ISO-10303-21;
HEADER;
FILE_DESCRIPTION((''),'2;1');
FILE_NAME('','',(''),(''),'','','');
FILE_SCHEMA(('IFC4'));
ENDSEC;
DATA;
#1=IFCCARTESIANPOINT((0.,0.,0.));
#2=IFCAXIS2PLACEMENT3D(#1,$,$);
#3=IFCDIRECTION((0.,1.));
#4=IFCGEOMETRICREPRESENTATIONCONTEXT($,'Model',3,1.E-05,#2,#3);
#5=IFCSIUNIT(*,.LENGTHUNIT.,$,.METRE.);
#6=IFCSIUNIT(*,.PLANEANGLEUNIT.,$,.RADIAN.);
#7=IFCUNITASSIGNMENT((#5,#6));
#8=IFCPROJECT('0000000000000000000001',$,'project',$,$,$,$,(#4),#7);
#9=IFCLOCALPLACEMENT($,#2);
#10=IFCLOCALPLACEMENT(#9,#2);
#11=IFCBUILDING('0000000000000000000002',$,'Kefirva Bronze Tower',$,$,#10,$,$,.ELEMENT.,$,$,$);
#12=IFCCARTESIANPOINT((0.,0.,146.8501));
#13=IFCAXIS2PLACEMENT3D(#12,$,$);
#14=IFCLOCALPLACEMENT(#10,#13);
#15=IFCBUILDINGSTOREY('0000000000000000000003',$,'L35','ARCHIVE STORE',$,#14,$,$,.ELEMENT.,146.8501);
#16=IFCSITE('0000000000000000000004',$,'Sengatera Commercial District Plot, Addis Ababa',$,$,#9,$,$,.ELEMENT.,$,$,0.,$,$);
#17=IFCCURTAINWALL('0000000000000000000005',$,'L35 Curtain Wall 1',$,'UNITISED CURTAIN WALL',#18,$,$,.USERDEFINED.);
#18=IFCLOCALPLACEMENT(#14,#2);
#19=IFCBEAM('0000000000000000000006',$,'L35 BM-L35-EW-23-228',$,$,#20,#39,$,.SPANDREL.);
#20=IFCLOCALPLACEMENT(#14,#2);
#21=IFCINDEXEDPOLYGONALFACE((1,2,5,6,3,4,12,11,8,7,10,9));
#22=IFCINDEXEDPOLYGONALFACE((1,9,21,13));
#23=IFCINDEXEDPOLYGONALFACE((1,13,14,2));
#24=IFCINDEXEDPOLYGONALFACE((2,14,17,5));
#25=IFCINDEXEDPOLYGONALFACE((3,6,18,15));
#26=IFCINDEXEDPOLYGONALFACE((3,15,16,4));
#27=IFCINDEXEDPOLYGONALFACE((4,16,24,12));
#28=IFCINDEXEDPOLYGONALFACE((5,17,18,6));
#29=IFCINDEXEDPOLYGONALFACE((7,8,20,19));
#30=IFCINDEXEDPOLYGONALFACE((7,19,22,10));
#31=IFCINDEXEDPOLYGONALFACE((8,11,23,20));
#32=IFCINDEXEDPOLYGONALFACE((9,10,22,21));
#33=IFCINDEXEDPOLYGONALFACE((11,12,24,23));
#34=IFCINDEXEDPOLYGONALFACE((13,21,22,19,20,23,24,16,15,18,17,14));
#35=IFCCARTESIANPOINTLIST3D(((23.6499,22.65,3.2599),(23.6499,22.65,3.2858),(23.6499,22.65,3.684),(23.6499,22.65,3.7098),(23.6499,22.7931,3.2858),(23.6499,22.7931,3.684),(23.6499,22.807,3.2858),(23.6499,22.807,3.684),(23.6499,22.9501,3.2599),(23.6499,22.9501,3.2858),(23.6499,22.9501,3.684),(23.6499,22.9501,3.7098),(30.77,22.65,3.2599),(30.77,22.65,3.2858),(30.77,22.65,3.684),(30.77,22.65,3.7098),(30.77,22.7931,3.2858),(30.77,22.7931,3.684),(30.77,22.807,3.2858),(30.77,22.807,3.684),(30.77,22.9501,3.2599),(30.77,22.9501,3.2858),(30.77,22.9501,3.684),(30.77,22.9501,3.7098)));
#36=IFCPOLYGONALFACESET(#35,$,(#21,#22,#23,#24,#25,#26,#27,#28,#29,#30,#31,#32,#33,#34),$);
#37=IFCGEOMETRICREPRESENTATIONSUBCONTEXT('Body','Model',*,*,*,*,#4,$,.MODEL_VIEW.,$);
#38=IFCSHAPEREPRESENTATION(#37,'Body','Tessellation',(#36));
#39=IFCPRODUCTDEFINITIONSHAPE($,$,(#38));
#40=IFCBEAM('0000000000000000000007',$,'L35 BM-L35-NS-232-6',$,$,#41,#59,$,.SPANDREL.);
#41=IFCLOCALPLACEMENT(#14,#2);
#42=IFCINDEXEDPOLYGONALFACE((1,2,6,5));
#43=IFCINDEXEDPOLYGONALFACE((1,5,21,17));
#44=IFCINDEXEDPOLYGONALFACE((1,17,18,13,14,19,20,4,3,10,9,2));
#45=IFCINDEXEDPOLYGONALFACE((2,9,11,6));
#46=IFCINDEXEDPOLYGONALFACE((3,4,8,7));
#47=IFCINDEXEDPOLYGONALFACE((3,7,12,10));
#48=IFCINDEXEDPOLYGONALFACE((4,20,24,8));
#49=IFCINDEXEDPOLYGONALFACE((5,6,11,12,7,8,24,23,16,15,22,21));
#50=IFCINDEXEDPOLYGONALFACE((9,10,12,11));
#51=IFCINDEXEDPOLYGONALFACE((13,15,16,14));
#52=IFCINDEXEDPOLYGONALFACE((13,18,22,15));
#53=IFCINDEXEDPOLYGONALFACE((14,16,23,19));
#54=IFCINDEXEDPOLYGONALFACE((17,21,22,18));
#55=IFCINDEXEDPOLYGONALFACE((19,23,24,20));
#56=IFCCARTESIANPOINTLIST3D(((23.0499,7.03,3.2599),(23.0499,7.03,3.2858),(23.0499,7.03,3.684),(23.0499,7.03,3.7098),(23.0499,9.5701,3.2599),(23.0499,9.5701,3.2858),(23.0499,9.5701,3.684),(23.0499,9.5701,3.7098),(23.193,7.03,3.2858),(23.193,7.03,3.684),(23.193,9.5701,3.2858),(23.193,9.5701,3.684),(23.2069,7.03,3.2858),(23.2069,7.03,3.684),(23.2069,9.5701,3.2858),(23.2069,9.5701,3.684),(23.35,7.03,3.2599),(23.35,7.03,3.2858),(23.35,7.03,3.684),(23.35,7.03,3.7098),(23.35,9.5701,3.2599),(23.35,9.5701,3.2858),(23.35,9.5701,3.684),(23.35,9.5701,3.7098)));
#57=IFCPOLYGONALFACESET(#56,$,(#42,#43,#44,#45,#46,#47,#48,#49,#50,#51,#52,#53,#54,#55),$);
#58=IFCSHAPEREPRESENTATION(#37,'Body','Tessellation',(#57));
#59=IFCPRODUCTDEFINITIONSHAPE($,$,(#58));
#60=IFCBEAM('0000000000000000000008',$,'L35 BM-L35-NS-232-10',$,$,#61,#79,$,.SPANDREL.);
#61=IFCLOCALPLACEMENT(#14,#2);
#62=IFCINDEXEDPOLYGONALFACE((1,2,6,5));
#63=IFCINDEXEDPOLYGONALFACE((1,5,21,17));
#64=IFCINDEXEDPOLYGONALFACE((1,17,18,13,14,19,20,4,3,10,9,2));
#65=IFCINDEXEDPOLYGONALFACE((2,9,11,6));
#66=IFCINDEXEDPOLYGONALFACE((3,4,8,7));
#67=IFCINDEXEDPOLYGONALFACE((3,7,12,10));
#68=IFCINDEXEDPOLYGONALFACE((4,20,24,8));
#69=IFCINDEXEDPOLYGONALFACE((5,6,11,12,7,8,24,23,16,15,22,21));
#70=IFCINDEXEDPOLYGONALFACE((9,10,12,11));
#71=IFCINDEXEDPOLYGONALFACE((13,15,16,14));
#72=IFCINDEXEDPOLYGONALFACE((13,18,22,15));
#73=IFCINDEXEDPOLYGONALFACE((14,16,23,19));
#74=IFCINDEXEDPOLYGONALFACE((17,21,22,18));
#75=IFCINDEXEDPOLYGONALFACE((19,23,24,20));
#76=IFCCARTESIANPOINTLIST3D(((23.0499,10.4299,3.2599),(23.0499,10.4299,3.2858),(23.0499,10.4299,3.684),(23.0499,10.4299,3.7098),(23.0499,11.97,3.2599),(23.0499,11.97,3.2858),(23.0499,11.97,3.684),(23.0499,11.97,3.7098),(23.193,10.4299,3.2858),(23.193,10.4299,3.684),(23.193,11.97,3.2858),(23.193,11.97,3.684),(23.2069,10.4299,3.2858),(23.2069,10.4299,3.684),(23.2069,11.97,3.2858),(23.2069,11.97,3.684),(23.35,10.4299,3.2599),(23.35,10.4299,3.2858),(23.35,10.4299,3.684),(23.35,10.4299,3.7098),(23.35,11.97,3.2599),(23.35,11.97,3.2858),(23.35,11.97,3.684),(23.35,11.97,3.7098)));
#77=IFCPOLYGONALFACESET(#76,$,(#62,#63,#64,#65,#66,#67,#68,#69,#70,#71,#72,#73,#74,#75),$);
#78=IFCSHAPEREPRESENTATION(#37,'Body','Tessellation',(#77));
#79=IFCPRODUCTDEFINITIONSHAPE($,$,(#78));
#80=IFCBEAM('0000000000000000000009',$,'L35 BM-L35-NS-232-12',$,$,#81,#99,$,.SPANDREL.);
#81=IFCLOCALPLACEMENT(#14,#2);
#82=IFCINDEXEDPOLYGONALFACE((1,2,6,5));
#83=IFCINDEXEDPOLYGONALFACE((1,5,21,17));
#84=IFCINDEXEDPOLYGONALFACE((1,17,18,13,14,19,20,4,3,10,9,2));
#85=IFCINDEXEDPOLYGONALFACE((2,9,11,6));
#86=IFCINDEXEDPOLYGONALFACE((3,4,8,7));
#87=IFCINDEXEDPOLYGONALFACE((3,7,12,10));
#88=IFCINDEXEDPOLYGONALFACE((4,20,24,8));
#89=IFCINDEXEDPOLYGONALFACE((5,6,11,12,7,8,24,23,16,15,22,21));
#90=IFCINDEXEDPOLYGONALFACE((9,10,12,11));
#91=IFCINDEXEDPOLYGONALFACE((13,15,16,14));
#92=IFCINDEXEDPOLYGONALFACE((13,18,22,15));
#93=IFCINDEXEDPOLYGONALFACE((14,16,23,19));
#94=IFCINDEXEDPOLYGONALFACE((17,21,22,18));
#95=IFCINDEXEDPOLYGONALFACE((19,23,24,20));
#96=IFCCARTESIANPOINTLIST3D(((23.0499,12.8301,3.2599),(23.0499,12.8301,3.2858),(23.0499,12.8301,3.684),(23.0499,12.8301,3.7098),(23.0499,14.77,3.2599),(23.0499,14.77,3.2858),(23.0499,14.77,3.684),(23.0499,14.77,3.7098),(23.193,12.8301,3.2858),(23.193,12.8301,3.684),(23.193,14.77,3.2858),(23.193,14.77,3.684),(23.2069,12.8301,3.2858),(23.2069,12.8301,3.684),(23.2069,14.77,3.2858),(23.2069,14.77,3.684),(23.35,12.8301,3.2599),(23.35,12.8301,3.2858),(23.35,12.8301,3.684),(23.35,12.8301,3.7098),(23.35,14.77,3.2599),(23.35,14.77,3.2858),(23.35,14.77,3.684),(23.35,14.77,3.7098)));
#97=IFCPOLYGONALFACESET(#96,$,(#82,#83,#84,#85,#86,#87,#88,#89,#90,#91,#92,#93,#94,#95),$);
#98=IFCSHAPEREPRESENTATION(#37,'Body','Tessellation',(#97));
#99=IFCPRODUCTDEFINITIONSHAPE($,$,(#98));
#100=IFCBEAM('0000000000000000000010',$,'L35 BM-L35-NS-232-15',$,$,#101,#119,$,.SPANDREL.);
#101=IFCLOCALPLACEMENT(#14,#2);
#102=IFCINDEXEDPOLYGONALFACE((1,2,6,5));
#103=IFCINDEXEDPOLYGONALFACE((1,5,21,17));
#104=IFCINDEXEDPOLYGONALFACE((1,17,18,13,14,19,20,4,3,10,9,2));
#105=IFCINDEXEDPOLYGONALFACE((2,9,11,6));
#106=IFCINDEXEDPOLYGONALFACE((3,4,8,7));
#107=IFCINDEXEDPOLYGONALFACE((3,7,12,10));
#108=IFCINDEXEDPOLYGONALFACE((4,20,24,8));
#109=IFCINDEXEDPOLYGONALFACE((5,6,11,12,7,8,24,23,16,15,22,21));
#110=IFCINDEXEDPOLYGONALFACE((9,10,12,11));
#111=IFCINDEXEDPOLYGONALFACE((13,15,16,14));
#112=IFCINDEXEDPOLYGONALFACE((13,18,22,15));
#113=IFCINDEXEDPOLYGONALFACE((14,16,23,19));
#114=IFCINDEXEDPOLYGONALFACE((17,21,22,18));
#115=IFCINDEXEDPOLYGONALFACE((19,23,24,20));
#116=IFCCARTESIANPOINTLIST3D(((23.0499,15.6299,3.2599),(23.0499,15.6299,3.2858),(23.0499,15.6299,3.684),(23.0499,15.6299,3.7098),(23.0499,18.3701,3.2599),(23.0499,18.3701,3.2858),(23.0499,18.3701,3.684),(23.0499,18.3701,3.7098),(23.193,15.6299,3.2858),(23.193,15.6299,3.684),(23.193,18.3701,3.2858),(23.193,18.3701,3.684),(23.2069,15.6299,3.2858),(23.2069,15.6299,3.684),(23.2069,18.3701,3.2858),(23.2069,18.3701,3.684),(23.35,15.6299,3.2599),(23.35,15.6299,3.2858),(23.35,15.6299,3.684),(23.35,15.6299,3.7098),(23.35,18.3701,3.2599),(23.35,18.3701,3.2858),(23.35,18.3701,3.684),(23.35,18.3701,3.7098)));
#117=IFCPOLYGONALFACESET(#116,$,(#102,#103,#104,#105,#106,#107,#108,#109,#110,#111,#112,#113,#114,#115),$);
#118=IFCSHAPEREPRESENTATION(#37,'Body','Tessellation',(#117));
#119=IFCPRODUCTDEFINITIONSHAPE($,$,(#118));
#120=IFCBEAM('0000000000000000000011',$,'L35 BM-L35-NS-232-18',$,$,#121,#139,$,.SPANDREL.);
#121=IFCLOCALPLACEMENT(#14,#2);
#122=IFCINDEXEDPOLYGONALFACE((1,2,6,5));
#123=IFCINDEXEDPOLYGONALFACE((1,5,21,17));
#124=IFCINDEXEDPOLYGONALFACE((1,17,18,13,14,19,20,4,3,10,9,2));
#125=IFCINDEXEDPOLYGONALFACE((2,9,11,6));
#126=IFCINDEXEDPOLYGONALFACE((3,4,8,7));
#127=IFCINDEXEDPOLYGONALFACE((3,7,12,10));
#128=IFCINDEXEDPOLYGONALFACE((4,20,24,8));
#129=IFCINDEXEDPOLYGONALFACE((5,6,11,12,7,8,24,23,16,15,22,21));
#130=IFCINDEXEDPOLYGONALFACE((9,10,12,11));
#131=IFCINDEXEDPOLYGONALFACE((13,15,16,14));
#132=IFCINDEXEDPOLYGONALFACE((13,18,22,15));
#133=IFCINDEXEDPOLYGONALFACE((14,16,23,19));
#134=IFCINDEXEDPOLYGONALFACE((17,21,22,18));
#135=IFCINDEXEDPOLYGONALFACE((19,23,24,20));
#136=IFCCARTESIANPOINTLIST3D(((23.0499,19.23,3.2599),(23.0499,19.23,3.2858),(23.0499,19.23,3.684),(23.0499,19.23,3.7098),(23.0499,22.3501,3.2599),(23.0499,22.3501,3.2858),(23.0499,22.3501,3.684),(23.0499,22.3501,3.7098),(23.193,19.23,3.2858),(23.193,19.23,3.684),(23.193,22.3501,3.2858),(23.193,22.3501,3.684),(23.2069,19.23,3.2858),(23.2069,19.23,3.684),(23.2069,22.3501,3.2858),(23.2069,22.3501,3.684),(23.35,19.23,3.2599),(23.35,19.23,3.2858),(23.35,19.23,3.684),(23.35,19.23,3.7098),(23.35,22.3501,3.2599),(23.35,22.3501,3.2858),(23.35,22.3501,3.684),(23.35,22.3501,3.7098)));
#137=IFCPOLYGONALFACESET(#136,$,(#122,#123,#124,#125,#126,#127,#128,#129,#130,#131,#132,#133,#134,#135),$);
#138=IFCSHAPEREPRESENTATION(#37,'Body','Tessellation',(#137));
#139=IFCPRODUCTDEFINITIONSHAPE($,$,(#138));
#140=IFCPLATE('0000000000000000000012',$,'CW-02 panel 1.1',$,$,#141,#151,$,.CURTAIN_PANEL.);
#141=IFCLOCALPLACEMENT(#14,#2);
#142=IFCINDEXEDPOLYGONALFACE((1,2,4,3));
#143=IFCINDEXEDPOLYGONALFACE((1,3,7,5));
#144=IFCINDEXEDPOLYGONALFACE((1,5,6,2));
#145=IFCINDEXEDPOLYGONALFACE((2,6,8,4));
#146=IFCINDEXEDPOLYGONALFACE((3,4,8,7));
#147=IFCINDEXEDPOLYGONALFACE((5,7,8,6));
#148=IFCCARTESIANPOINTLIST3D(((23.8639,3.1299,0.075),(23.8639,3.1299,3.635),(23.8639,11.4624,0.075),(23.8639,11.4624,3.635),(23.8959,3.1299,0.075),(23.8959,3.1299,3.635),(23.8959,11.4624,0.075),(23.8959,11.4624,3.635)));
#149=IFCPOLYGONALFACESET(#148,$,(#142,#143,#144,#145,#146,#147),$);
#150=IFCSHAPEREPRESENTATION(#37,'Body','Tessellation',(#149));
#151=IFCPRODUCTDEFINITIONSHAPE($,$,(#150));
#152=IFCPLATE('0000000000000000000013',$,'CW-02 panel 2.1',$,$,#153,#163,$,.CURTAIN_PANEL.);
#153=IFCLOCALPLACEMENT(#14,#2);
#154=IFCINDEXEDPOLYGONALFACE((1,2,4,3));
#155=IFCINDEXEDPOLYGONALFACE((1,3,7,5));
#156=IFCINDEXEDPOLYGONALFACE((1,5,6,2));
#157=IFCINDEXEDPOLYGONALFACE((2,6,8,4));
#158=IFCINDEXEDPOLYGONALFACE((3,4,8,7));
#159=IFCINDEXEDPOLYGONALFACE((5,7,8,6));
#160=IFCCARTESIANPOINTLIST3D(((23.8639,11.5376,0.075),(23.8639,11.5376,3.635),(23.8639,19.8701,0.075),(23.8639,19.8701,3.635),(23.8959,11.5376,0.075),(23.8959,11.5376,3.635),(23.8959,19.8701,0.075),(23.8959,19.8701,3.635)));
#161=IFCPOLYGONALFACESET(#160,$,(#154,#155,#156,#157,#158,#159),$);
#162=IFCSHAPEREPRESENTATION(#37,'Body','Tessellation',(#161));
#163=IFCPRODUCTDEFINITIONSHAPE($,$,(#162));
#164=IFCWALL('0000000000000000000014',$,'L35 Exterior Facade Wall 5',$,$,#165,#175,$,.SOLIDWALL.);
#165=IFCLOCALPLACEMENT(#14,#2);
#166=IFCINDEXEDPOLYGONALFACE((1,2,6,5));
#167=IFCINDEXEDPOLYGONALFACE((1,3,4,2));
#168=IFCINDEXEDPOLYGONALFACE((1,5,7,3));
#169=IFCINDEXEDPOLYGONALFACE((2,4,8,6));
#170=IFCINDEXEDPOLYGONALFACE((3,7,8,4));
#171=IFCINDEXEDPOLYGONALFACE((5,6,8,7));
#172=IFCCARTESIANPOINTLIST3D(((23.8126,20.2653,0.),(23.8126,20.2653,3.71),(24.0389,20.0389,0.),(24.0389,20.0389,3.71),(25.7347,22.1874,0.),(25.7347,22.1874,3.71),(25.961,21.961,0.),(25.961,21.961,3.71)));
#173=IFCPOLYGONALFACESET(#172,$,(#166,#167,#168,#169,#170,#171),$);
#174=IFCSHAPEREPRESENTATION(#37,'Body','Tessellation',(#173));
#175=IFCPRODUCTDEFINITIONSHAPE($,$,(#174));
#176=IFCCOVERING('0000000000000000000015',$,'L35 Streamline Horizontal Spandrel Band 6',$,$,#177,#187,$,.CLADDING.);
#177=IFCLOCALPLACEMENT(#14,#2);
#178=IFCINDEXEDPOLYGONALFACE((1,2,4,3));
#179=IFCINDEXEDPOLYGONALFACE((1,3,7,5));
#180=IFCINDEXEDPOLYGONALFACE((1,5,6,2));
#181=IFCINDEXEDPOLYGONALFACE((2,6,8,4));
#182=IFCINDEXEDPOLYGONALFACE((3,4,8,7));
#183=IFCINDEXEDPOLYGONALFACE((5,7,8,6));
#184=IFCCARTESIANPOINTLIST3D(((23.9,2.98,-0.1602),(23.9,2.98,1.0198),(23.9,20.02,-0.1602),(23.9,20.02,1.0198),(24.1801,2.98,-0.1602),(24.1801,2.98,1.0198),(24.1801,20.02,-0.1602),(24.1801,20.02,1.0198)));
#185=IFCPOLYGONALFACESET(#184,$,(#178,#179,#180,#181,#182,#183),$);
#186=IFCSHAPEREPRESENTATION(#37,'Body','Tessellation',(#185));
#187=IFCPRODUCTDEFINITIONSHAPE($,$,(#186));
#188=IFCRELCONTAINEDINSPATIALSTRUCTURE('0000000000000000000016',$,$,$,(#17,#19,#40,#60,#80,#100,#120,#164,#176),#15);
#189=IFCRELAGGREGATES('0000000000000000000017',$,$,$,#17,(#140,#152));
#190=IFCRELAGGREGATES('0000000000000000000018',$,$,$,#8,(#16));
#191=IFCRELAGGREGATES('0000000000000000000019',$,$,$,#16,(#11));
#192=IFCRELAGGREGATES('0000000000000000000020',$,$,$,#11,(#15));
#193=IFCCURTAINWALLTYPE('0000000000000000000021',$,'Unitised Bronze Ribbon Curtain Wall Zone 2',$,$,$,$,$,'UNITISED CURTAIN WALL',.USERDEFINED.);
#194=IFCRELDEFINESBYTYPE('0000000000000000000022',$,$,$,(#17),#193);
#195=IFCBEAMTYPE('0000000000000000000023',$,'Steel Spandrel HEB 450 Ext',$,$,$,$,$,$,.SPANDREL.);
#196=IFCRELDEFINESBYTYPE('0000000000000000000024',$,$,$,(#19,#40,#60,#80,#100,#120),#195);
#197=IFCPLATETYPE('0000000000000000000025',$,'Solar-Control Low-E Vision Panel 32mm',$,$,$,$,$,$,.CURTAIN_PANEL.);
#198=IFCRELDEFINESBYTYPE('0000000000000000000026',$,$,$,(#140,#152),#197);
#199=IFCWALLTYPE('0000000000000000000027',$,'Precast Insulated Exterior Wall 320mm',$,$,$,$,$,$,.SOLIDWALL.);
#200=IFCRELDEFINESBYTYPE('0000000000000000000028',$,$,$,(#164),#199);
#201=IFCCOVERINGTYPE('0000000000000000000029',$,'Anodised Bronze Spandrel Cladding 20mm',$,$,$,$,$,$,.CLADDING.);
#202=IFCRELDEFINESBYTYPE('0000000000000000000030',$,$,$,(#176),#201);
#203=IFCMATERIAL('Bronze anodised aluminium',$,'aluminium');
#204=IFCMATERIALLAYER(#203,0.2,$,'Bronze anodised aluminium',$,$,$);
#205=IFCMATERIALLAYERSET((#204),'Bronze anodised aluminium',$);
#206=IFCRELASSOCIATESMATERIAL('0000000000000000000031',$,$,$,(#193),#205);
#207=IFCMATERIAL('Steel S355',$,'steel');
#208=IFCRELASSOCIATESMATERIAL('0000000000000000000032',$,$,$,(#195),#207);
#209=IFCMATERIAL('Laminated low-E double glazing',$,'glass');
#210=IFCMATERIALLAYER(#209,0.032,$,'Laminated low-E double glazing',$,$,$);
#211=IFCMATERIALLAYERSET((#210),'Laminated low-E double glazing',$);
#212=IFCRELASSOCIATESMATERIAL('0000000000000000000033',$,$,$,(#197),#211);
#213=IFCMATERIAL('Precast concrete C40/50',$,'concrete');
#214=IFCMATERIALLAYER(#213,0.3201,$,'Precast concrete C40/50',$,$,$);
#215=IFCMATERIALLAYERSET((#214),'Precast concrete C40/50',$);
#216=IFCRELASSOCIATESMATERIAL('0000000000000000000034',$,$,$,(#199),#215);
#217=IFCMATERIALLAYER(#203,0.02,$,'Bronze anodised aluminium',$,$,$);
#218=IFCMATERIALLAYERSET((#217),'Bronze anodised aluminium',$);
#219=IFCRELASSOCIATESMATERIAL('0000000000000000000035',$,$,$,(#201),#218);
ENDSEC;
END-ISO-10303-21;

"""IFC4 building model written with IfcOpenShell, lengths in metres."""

from ifc_helpers import new_model, si_unit, direction, frame, frame_2d, origin, origin_2d, place, context, subcontext, project, spatial, rectangle, i_section, extrude, material, layer, layer_set, material_profile, profile_set, type_object, element, aggregate, save


model = new_model("IFC4")

# Units and contexts
model_context = context("Model", 3, precision=1e-05, world=origin(), true_north=direction((0.0, 1.0)))
body_context = subcontext(model_context, "Body", "Model", "MODEL_VIEW")
ifc_project = project(units=[si_unit("LENGTHUNIT", "METRE"), si_unit("PLANEANGLEUNIT", "RADIAN")], contexts=[model_context])

# Site, building, storey
site_placement = place(None, origin())
site = spatial("IfcSite", under=ifc_project, at=site_placement, Name="Sengatera Commercial District Plot, Addis Ababa", CompositionType="ELEMENT", RefElevation=0.0)
building_placement = place(site_placement, origin())
building = spatial("IfcBuilding", under=site, at=building_placement, Name="Kefirva Bronze Tower", CompositionType="ELEMENT")
storey_placement = place(building_placement, frame((0.0, 0.0, 146.8501)))
storey = spatial("IfcBuildingStorey", under=building, at=storey_placement, Name="L35", Description="ARCHIVE STORE", CompositionType="ELEMENT", Elevation=146.8501)

# Curtain wall
ifc_material_1 = material(Name="Bronze anodised aluminium", Category="aluminium")
ifc_layer_1 = layer(ifc_material_1, 0.2, Name="Bronze anodised aluminium")
ifc_layer_set_1 = layer_set([ifc_layer_1], Name="Bronze anodised aluminium")
curtain_wall_type = type_object("IfcCurtainWallType", Name="Unitised Bronze Ribbon Curtain Wall Zone 2", ElementType="UNITISED CURTAIN WALL", PredefinedType="USERDEFINED", material=ifc_layer_set_1)
curtain_wall_placement = place(storey_placement, origin())
curtain_wall = element("IfcCurtainWall", 1, at=curtain_wall_placement, inside=storey, type_object=curtain_wall_type, Name="L35 Curtain Wall 1", ObjectType="UNITISED CURTAIN WALL", PredefinedType="USERDEFINED")

# Beams
ifc_material_2 = material(Name="Steel S355", Category="steel")
ifc_material_profile_1 = material_profile(ifc_material_2, i_section(OverallWidth=0.3, OverallDepth=0.45, WebThickness=0.0139, FlangeThickness=0.0259, at=origin_2d()), Name="HEB 450")
ifc_profile_set_1 = profile_set([ifc_material_profile_1], Name="Steel S355")
beam_type_1 = type_object("IfcBeamType", Name="Steel Spandrel HEB 450 Ext", PredefinedType="SPANDREL", material=ifc_profile_set_1)
beam_1_placement = place(storey_placement, frame((23.6499, 22.8, 3.4849), z_axis=(1.0, 0.0, 0.0), x_axis=(0.0, 1.0, 0.0)))
element("IfcBeam", 2, at=beam_1_placement, inside=storey, type_object=beam_type_1, Name="L35 BM-L35-EW-23-228", PredefinedType="SPANDREL", context=body_context, shape_type="SweptSolid", body=[
    extrude(i_section(OverallWidth=0.3, OverallDepth=0.45, WebThickness=0.0139, FlangeThickness=0.0259, at=origin_2d()), origin(), (0.0, 0.0, 1.0), 7.1201),
])
beam_2_placement = place(storey_placement, frame((23.2, 7.03, 3.4849), z_axis=(0.0, 1.0, 0.0), x_axis=(-1.0, 0.0, 0.0)))
element("IfcBeam", 3, at=beam_2_placement, inside=storey, type_object=beam_type_1, Name="L35 BM-L35-NS-232-6", PredefinedType="SPANDREL", context=body_context, shape_type="SweptSolid", body=[
    extrude(i_section(OverallWidth=0.3, OverallDepth=0.45, WebThickness=0.0139, FlangeThickness=0.0259, at=origin_2d()), origin(), (0.0, 0.0, 1.0), 2.54),
])
beam_3_placement = place(storey_placement, frame((23.2, 10.4299, 3.4849), z_axis=(0.0, 1.0, 0.0), x_axis=(-1.0, 0.0, 0.0)))
element("IfcBeam", 4, at=beam_3_placement, inside=storey, type_object=beam_type_1, Name="L35 BM-L35-NS-232-10", PredefinedType="SPANDREL", context=body_context, shape_type="SweptSolid", body=[
    extrude(i_section(OverallWidth=0.3, OverallDepth=0.45, WebThickness=0.0139, FlangeThickness=0.0259, at=origin_2d()), origin(), (0.0, 0.0, 1.0), 1.54),
])
beam_4_placement = place(storey_placement, frame((23.2, 12.8301, 3.4849), z_axis=(0.0, 1.0, 0.0), x_axis=(-1.0, 0.0, 0.0)))
element("IfcBeam", 5, at=beam_4_placement, inside=storey, type_object=beam_type_1, Name="L35 BM-L35-NS-232-12", PredefinedType="SPANDREL", context=body_context, shape_type="SweptSolid", body=[
    extrude(i_section(OverallWidth=0.3, OverallDepth=0.45, WebThickness=0.0139, FlangeThickness=0.0259, at=origin_2d()), origin(), (0.0, 0.0, 1.0), 1.9399),
])
beam_5_placement = place(storey_placement, frame((23.2, 15.6299, 3.4849), z_axis=(0.0, 1.0, 0.0), x_axis=(-1.0, 0.0, 0.0)))
element("IfcBeam", 6, at=beam_5_placement, inside=storey, type_object=beam_type_1, Name="L35 BM-L35-NS-232-15", PredefinedType="SPANDREL", context=body_context, shape_type="SweptSolid", body=[
    extrude(i_section(OverallWidth=0.3, OverallDepth=0.45, WebThickness=0.0139, FlangeThickness=0.0259, at=origin_2d()), origin(), (0.0, 0.0, 1.0), 2.7402),
])
beam_6_placement = place(storey_placement, frame((23.2, 19.23, 3.4849), z_axis=(0.0, 1.0, 0.0), x_axis=(-1.0, 0.0, 0.0)))
element("IfcBeam", 7, at=beam_6_placement, inside=storey, type_object=beam_type_1, Name="L35 BM-L35-NS-232-18", PredefinedType="SPANDREL", context=body_context, shape_type="SweptSolid", body=[
    extrude(i_section(OverallWidth=0.3, OverallDepth=0.45, WebThickness=0.0139, FlangeThickness=0.0259, at=origin_2d()), origin(), (0.0, 0.0, 1.0), 3.1201),
])

# Plates
ifc_material_3 = material(Name="Laminated low-E double glazing", Category="glass")
ifc_layer_2 = layer(ifc_material_3, 0.032, Name="Laminated low-E double glazing")
ifc_layer_set_2 = layer_set([ifc_layer_2], Name="Laminated low-E double glazing")
plate_type = type_object("IfcPlateType", Name="Solar-Control Low-E Vision Panel 32mm", PredefinedType="CURTAIN_PANEL", material=ifc_layer_set_2)
plate_1_placement = place(storey_placement, frame((23.8799, 7.2961, 0.075), z_axis=(0.0, 0.0, 1.0), x_axis=(0.0, 1.0, 0.0)))
plate_1 = element("IfcPlate", 8, at=plate_1_placement, type_object=plate_type, Name="CW-02 panel 1.1", PredefinedType="CURTAIN_PANEL", context=body_context, shape_type="SweptSolid", body=[
    extrude(rectangle(XDim=8.3325, YDim=0.032, at=origin_2d()), origin(), (0.0, 0.0, 1.0), 3.5601),
])
plate_2_placement = place(storey_placement, frame((23.8799, 15.7039, 0.075), z_axis=(0.0, 0.0, 1.0), x_axis=(0.0, 1.0, 0.0)))
plate_2 = element("IfcPlate", 9, at=plate_2_placement, type_object=plate_type, Name="CW-02 panel 2.1", PredefinedType="CURTAIN_PANEL", context=body_context, shape_type="SweptSolid", body=[
    extrude(rectangle(XDim=8.3325, YDim=0.032, at=origin_2d()), origin(), (0.0, 0.0, 1.0), 3.5601),
])
aggregate(curtain_wall, [plate_1, plate_2])

# Wall
ifc_material_4 = material(Name="Precast concrete C40/50", Category="concrete")
ifc_layer_3 = layer(ifc_material_4, 0.3201, Name="Precast concrete C40/50")
ifc_layer_set_3 = layer_set([ifc_layer_3], Name="Precast concrete C40/50")
wall_type = type_object("IfcWallType", Name="Precast Insulated Exterior Wall 320mm", PredefinedType="SOLIDWALL", material=ifc_layer_set_3)
wall_placement = place(storey_placement, frame((23.9258, 20.1521, 0.0), z_axis=(0.0, 0.0, 1.0), x_axis=(0.707107, 0.707107, 0.0)))
element("IfcWall", 10, at=wall_placement, inside=storey, type_object=wall_type, Name="L35 Exterior Facade Wall 5", PredefinedType="SOLIDWALL", context=body_context, shape_type="SweptSolid", body=[
    extrude(rectangle(XDim=2.7183, YDim=0.3201, at=frame_2d((1.3591, 0.0))), origin(), (0.0, 0.0, 1.0), 3.71),
])

# Covering
ifc_layer_4 = layer(ifc_material_1, 0.02, Name="Bronze anodised aluminium")
ifc_layer_set_4 = layer_set([ifc_layer_4], Name="Bronze anodised aluminium")
covering_type_1 = type_object("IfcCoveringType", Name="Anodised Bronze Spandrel Cladding 20mm", PredefinedType="CLADDING", material=ifc_layer_set_4)
covering_1_placement = place(storey_placement, frame((24.04, 11.5, -0.1602), z_axis=(0.0, 0.0, 1.0), x_axis=(0.0, 1.0, 0.0)))
element("IfcCovering", 11, at=covering_1_placement, inside=storey, type_object=covering_type_1, Name="L35 Streamline Horizontal Spandrel Band 6", PredefinedType="CLADDING", context=body_context, shape_type="SweptSolid", body=[
    extrude(rectangle(XDim=17.04, YDim=0.28, at=origin_2d()), origin(), (0.0, 0.0, 1.0), 1.1799),
])

save(model, "model.ifc")
